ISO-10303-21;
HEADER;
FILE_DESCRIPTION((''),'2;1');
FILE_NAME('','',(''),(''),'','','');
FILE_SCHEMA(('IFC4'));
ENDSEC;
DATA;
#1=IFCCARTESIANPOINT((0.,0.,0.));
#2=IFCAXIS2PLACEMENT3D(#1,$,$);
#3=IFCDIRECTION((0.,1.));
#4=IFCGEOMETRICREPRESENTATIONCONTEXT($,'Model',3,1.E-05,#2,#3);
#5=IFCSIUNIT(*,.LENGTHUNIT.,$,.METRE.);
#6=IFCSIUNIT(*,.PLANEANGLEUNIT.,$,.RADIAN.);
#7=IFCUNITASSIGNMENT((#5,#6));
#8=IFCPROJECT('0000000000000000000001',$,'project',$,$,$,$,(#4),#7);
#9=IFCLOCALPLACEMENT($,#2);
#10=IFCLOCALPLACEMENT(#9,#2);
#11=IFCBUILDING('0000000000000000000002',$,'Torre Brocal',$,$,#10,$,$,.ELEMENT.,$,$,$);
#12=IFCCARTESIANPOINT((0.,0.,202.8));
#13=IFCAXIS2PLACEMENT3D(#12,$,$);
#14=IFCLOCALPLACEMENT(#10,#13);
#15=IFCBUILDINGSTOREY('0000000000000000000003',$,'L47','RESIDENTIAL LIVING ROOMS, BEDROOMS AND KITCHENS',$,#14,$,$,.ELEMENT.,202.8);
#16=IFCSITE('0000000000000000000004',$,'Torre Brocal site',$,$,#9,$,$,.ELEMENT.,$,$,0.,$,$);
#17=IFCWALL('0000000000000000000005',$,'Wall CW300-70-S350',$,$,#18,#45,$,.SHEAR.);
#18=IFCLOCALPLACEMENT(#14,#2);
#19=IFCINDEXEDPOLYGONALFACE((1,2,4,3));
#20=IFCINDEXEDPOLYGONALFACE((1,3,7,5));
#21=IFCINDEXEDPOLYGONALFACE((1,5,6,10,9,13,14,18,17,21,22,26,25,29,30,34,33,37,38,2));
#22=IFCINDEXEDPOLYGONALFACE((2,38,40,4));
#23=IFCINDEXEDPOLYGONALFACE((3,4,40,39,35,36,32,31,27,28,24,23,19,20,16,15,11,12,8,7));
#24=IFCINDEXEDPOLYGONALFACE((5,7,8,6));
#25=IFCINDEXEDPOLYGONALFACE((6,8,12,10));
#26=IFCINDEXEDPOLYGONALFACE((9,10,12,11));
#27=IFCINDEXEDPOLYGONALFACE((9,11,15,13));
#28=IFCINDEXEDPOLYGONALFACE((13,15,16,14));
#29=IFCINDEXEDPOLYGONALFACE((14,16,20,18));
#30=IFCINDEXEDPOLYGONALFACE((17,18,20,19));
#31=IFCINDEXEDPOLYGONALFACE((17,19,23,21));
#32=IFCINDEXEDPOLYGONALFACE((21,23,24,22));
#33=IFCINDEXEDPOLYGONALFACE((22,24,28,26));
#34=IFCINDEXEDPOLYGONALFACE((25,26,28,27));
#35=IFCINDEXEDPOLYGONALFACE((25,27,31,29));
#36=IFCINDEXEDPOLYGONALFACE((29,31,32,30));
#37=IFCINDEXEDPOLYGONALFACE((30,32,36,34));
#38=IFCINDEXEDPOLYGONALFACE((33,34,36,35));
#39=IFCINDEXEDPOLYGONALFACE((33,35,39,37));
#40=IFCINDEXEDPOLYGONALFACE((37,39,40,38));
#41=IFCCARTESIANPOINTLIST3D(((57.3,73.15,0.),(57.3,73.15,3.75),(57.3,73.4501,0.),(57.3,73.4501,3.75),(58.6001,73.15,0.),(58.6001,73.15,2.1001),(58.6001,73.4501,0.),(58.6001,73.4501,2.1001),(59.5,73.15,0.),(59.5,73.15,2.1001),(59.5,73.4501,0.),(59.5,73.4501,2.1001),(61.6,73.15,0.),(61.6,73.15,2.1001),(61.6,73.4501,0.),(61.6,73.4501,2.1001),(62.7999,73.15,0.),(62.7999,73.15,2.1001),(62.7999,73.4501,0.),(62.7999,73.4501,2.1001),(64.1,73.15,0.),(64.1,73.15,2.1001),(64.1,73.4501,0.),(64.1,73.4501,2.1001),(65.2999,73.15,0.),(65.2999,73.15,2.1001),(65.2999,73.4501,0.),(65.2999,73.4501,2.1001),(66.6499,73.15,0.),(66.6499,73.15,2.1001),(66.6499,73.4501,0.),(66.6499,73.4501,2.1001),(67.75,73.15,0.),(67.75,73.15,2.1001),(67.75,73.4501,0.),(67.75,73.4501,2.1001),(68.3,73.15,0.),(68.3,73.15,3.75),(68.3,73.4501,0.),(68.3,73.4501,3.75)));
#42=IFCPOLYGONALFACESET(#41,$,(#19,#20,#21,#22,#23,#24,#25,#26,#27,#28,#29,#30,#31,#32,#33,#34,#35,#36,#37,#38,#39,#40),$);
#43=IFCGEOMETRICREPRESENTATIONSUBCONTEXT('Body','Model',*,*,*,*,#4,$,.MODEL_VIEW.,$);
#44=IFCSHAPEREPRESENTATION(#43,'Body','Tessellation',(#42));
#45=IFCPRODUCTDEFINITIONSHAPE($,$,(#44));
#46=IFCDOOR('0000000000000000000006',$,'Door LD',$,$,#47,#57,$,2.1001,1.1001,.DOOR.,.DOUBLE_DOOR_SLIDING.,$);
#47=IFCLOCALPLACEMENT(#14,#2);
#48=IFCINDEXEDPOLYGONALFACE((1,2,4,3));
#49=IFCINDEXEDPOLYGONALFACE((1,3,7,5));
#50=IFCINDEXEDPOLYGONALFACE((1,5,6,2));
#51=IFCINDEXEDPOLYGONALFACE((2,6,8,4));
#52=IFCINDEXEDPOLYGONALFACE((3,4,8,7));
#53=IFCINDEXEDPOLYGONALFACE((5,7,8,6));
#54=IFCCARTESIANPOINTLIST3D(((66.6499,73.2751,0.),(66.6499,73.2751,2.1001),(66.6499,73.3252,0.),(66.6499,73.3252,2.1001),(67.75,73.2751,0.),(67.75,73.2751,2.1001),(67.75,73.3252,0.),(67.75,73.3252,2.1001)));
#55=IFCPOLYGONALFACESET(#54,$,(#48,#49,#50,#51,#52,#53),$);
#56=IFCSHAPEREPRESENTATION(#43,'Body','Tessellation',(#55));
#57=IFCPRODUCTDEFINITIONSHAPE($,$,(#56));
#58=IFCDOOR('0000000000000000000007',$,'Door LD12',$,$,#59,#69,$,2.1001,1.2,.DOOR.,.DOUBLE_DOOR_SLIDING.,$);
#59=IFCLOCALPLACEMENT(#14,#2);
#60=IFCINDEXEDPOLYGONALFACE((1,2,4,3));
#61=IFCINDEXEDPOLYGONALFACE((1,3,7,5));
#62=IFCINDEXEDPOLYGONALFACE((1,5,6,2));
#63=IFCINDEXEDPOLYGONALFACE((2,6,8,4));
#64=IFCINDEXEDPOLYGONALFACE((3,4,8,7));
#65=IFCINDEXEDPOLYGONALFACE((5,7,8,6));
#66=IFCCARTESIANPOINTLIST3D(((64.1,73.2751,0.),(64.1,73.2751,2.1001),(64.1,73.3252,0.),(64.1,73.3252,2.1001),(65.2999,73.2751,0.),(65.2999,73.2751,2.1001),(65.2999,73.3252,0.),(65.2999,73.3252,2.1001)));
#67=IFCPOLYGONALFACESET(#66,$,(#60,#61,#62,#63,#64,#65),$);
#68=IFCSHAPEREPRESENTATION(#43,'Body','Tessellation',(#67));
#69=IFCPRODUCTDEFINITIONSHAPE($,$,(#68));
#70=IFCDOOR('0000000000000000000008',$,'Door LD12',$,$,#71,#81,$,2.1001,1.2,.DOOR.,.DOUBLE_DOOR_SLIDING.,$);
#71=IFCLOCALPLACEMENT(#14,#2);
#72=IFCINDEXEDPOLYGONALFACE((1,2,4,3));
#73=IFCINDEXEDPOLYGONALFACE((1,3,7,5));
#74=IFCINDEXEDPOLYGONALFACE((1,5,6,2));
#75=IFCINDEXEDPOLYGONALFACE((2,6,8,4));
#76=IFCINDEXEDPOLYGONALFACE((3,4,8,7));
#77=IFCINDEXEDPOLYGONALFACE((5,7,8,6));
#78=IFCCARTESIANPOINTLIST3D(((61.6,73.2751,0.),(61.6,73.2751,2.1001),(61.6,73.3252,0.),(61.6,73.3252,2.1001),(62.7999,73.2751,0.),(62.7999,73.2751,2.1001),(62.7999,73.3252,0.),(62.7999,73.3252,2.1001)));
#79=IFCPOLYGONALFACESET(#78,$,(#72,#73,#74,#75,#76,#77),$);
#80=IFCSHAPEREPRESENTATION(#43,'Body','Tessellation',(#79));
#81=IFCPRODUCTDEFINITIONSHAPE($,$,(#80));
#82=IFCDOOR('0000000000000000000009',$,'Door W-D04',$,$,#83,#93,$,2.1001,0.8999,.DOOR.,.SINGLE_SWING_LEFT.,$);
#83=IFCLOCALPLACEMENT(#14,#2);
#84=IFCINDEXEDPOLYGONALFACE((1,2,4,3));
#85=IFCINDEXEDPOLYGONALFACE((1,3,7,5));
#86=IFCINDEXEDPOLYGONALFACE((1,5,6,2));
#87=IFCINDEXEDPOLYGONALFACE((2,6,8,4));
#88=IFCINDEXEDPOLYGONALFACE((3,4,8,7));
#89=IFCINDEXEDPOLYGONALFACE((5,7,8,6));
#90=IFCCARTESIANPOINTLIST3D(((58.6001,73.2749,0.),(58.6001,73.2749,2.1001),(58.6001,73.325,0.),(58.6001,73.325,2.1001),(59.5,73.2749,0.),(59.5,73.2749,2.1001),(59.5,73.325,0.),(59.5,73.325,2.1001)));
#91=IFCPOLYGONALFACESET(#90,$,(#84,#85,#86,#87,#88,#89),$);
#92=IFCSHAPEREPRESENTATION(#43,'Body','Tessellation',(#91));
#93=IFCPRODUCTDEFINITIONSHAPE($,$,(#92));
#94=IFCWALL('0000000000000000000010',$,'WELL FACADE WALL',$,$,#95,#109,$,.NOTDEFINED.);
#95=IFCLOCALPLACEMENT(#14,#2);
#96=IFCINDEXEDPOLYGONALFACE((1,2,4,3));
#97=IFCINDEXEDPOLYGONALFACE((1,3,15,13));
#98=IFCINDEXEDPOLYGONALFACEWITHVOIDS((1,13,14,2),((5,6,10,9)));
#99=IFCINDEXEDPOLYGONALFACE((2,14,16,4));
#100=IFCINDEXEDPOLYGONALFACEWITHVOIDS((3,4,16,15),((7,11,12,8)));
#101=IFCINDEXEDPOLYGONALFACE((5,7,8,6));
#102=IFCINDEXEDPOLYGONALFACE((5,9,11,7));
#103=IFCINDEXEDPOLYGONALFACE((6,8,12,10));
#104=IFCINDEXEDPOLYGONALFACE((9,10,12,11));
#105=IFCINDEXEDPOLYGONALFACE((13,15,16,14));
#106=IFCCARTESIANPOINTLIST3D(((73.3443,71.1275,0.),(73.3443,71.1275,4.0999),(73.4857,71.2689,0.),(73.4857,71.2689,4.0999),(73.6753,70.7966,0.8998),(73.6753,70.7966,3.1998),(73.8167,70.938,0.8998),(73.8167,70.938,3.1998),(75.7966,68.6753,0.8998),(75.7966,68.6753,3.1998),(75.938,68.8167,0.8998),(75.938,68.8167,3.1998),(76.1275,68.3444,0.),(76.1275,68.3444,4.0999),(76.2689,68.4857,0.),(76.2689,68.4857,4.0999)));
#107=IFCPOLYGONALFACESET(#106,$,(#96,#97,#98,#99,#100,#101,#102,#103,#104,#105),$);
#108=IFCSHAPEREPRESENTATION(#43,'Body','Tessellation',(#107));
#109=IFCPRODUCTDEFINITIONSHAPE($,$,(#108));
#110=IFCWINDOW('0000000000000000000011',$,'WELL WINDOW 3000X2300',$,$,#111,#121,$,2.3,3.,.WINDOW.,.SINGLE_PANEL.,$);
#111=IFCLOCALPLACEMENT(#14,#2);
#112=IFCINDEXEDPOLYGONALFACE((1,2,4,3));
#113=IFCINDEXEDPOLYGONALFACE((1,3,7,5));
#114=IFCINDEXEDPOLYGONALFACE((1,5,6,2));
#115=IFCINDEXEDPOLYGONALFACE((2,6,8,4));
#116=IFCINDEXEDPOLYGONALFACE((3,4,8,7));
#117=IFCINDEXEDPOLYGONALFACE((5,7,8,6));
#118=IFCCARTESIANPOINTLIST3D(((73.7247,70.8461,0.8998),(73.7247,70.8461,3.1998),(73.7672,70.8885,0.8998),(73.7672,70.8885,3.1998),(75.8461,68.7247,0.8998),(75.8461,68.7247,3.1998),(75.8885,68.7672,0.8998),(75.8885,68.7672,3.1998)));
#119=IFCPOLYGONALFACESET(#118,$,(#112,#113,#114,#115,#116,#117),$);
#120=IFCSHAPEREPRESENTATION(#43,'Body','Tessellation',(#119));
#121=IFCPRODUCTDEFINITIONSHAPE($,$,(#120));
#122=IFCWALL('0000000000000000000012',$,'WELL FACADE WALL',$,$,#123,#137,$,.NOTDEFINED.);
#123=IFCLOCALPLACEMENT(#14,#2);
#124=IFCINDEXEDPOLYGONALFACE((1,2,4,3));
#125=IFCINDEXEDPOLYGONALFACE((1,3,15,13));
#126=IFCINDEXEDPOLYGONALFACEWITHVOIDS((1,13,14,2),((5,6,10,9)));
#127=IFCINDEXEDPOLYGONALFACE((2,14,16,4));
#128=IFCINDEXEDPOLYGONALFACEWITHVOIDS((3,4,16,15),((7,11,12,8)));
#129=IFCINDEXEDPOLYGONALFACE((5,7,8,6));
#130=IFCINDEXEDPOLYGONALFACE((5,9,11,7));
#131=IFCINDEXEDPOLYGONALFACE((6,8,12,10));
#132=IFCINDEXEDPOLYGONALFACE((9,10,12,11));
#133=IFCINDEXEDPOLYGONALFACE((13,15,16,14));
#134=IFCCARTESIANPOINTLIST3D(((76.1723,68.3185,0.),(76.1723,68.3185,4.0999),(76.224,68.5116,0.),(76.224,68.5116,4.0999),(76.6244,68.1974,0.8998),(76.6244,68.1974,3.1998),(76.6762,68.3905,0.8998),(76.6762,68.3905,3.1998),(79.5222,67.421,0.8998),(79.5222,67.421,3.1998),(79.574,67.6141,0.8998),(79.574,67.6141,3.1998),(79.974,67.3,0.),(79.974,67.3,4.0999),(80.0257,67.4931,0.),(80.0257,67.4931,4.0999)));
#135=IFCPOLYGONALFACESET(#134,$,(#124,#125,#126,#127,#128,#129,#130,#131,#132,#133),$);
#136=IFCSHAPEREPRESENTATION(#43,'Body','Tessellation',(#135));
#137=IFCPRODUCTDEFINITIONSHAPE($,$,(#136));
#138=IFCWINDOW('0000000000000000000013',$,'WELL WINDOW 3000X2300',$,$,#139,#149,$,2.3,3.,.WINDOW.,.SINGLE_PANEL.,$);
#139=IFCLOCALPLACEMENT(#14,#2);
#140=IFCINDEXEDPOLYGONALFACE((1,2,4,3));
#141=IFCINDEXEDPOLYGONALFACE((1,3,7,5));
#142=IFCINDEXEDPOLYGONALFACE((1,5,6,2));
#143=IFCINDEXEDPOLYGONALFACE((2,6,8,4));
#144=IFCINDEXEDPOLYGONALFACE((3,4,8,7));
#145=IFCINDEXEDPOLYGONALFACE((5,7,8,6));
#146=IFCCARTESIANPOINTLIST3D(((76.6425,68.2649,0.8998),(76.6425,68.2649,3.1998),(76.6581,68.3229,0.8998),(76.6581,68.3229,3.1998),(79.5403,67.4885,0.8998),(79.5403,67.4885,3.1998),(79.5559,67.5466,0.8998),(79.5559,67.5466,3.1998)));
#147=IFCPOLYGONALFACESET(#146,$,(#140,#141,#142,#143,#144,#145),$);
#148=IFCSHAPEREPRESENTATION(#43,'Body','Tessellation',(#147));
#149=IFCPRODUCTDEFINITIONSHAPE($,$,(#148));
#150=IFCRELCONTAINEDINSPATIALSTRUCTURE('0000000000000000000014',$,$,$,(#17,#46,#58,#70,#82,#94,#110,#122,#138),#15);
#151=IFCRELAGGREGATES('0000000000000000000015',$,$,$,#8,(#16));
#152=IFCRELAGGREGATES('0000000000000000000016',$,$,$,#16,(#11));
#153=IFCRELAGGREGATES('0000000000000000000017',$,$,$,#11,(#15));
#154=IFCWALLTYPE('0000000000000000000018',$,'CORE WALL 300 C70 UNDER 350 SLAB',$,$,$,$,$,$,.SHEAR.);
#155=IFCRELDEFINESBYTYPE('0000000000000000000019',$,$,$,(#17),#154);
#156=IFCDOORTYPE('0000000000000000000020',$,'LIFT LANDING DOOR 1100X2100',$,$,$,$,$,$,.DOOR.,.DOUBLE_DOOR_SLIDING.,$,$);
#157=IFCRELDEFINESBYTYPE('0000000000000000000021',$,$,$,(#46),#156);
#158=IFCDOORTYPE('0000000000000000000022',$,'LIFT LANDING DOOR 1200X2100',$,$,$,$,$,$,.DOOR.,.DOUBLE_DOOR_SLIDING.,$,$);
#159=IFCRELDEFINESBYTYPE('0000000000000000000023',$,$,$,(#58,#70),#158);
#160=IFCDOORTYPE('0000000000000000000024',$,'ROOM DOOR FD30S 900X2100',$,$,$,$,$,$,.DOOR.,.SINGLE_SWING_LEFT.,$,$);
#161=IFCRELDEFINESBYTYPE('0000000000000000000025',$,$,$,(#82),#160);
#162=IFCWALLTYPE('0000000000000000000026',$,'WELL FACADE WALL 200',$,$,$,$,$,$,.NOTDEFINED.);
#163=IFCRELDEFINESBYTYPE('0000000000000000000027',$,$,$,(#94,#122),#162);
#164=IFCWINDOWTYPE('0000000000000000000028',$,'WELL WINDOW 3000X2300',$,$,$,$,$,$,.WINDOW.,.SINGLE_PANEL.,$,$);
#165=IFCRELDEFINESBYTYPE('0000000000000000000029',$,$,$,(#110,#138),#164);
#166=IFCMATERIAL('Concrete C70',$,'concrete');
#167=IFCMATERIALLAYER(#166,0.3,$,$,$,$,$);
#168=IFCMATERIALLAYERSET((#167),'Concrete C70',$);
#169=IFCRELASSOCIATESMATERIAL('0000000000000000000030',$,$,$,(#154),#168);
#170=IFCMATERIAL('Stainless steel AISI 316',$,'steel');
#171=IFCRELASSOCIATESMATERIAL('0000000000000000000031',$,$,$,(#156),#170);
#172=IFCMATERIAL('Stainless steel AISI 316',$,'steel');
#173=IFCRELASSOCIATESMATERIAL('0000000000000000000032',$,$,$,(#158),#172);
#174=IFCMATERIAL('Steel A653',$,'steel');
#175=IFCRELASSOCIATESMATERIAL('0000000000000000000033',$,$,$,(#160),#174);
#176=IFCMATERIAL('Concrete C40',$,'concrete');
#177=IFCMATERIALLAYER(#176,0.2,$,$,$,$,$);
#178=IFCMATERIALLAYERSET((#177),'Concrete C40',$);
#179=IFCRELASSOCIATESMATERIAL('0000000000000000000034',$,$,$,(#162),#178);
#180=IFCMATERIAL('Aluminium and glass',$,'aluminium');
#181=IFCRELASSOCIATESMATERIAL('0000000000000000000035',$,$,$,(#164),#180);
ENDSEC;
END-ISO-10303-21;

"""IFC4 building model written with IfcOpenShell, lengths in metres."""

from ifc_helpers import new_model, si_unit, direction, frame, frame_2d, origin, place, context, subcontext, project, spatial, rectangle, extrude, material, layer, layer_set, type_object, element, fill, save


model = new_model("IFC4")

# Units and contexts
model_context = context("Model", 3, precision=1e-05, world=origin(), true_north=direction((0.0, 1.0)))
body_context = subcontext(model_context, "Body", "Model", "MODEL_VIEW")
ifc_project = project(units=[si_unit("LENGTHUNIT", "METRE"), si_unit("PLANEANGLEUNIT", "RADIAN")], contexts=[model_context])

# Site, building, storey
site_placement = place(None, origin())
site = spatial("IfcSite", under=ifc_project, at=site_placement, Name="Torre Brocal site", CompositionType="ELEMENT", RefElevation=0.0)
building_placement = place(site_placement, origin())
building = spatial("IfcBuilding", under=site, at=building_placement, Name="Torre Brocal", CompositionType="ELEMENT")
storey_placement = place(building_placement, frame((0.0, 0.0, 202.8)))
storey = spatial("IfcBuildingStorey", under=building, at=storey_placement, Name="L47", Description="RESIDENTIAL LIVING ROOMS, BEDROOMS AND KITCHENS", CompositionType="ELEMENT", Elevation=202.8)

# Shared definitions
ifc_material_1 = material(Name="Concrete C70", Category="concrete")
ifc_layer_1 = layer(ifc_material_1, 0.3)
ifc_layer_set_1 = layer_set([ifc_layer_1], Name="Concrete C70")
wall_type_1 = type_object("IfcWallType", Name="CORE WALL 300 C70 UNDER 350 SLAB", PredefinedType="SHEAR", material=ifc_layer_set_1)

# Wall, openings, doors
wall_1_placement = place(storey_placement, frame((68.3, 73.3, 0.0), z_axis=(0.0, 0.0, 1.0), x_axis=(-1.0, 0.0, 0.0)))
wall_1 = element("IfcWall", 1, at=wall_1_placement, inside=storey, type_object=wall_type_1, Name="Wall CW300-70-S350", PredefinedType="SHEAR", context=body_context, shape_type="SweptSolid", body=[
    extrude(rectangle(XDim=11.0, YDim=0.3, at=frame_2d((5.5, 0.0))), origin(), (0.0, 0.0, 1.0), 3.75),
])
opening_1_placement = place(wall_1_placement, frame((0.55, 0.0, 0.0)))
opening_1 = element("IfcOpeningElement", 2, at=opening_1_placement, cuts=wall_1, PredefinedType="OPENING", context=body_context, shape_type="SweptSolid", body=[
    extrude(rectangle(XDim=1.1001, YDim=2.1001, at=frame_2d((0.55, 1.05))), frame((0.0, 0.1599, 0.0), z_axis=(0.0, -1.0, 0.0), x_axis=(1.0, 0.0, 0.0)), (0.0, 0.0, 1.0), 0.3201),
])
opening_2_placement = place(wall_1_placement, frame((3.0, 0.0, 0.0)))
opening_2 = element("IfcOpeningElement", 3, at=opening_2_placement, cuts=wall_1, PredefinedType="OPENING", context=body_context, shape_type="SweptSolid", body=[
    extrude(rectangle(XDim=1.2, YDim=2.1001, at=frame_2d((0.6001, 1.05))), frame((0.0, 0.1599, 0.0), z_axis=(0.0, -1.0, 0.0), x_axis=(1.0, 0.0, 0.0)), (0.0, 0.0, 1.0), 0.3201),
])
opening_3_placement = place(wall_1_placement, frame((5.5, 0.0, 0.0)))
opening_3 = element("IfcOpeningElement", 4, at=opening_3_placement, cuts=wall_1, PredefinedType="OPENING", context=body_context, shape_type="SweptSolid", body=[
    extrude(rectangle(XDim=1.2, YDim=2.1001, at=frame_2d((0.6001, 1.05))), frame((0.0, 0.1599, 0.0), z_axis=(0.0, -1.0, 0.0), x_axis=(1.0, 0.0, 0.0)), (0.0, 0.0, 1.0), 0.3201),
])
opening_4_placement = place(wall_1_placement, frame((8.8, 0.0, 0.0)))
opening_4 = element("IfcOpeningElement", 5, at=opening_4_placement, cuts=wall_1, PredefinedType="OPENING", context=body_context, shape_type="SweptSolid", body=[
    extrude(rectangle(XDim=0.8999, YDim=2.1001, at=frame_2d((0.45, 1.05))), frame((0.0, 0.1599, 0.0), z_axis=(0.0, -1.0, 0.0), x_axis=(1.0, 0.0, 0.0)), (0.0, 0.0, 1.0), 0.3201),
])
ifc_material_2 = material(Name="Stainless steel AISI 316", Category="steel")
door_type_1 = type_object("IfcDoorType", Name="LIFT LANDING DOOR 1100X2100", OperationType="DOUBLE_DOOR_SLIDING", PredefinedType="DOOR", material=ifc_material_2)
door_1_placement = place(opening_1_placement, origin())
door_1 = element("IfcDoor", 6, at=door_1_placement, inside=storey, type_object=door_type_1, Name="Door LD", OperationType="DOUBLE_DOOR_SLIDING", OverallHeight=2.1001, OverallWidth=1.1001, PredefinedType="DOOR", context=body_context, shape_type="SweptSolid", body=[
    extrude(rectangle(XDim=1.1001, YDim=2.1001, at=frame_2d((0.55, 1.05))), frame((0.0, 0.0249, 0.0), z_axis=(0.0, -1.0, 0.0), x_axis=(1.0, 0.0, 0.0)), (0.0, 0.0, 1.0), 0.05),
])
fill(opening_1, door_1)
ifc_material_3 = material(Name="Stainless steel AISI 316", Category="steel")
door_type_2 = type_object("IfcDoorType", Name="LIFT LANDING DOOR 1200X2100", OperationType="DOUBLE_DOOR_SLIDING", PredefinedType="DOOR", material=ifc_material_3)
door_2_placement = place(opening_2_placement, origin())
door_2 = element("IfcDoor", 7, at=door_2_placement, inside=storey, type_object=door_type_2, Name="Door LD12", OperationType="DOUBLE_DOOR_SLIDING", OverallHeight=2.1001, OverallWidth=1.2, PredefinedType="DOOR", context=body_context, shape_type="SweptSolid", body=[
    extrude(rectangle(XDim=1.2, YDim=2.1001, at=frame_2d((0.6001, 1.05))), frame((0.0, 0.0249, 0.0), z_axis=(0.0, -1.0, 0.0), x_axis=(1.0, 0.0, 0.0)), (0.0, 0.0, 1.0), 0.05),
])
fill(opening_2, door_2)
door_3_placement = place(opening_3_placement, origin())
door_3 = element("IfcDoor", 8, at=door_3_placement, inside=storey, type_object=door_type_2, Name="Door LD12", OperationType="DOUBLE_DOOR_SLIDING", OverallHeight=2.1001, OverallWidth=1.2, PredefinedType="DOOR", context=body_context, shape_type="SweptSolid", body=[
    extrude(rectangle(XDim=1.2, YDim=2.1001, at=frame_2d((0.6001, 1.05))), frame((0.0, 0.0249, 0.0), z_axis=(0.0, -1.0, 0.0), x_axis=(1.0, 0.0, 0.0)), (0.0, 0.0, 1.0), 0.05),
])
fill(opening_3, door_3)
ifc_material_4 = material(Name="Steel A653", Category="steel")
door_type_3 = type_object("IfcDoorType", Name="ROOM DOOR FD30S 900X2100", OperationType="SINGLE_SWING_LEFT", PredefinedType="DOOR", material=ifc_material_4)
door_4_placement = place(opening_4_placement, frame((0.8999, 0.0, 0.0), z_axis=(0.0, 0.0, 1.0), x_axis=(-1.0, 0.0, 0.0)))
door_4 = element("IfcDoor", 9, at=door_4_placement, inside=storey, type_object=door_type_3, Name="Door W-D04", OperationType="SINGLE_SWING_LEFT", OverallHeight=2.1001, OverallWidth=0.8999, PredefinedType="DOOR", context=body_context, shape_type="SweptSolid", body=[
    extrude(rectangle(XDim=0.8999, YDim=2.1001, at=frame_2d((0.45, 1.05))), frame((0.0, 0.0249, 0.0), z_axis=(0.0, -1.0, 0.0), x_axis=(1.0, 0.0, 0.0)), (0.0, 0.0, 1.0), 0.05),
])
fill(opening_4, door_4)

# Walls, openings, windows
ifc_material_5 = material(Name="Concrete C40", Category="concrete")
ifc_layer_2 = layer(ifc_material_5, 0.2)
ifc_layer_set_2 = layer_set([ifc_layer_2], Name="Concrete C40")
wall_type_2 = type_object("IfcWallType", Name="WELL FACADE WALL 200", PredefinedType="NOTDEFINED", material=ifc_layer_set_2)
wall_2_placement = place(storey_placement, frame((73.415, 71.1982, 0.0), z_axis=(0.0, 0.0, 1.0), x_axis=(0.707107, -0.707107, 0.0)))
wall_2 = element("IfcWall", 10, at=wall_2_placement, inside=storey, type_object=wall_type_2, Name="WELL FACADE WALL", PredefinedType="NOTDEFINED", context=body_context, shape_type="SweptSolid", body=[
    extrude(rectangle(XDim=3.936, YDim=0.2, at=frame_2d((1.968, 0.0))), origin(), (0.0, 0.0, 1.0), 4.0999),
])
opening_5_placement = place(wall_2_placement, frame((0.468, 0.0, 0.8999)))
opening_5 = element("IfcOpeningElement", 11, at=opening_5_placement, cuts=wall_2, PredefinedType="OPENING", context=body_context, shape_type="SweptSolid", body=[
    extrude(rectangle(XDim=3.0, YDim=2.3, at=frame_2d((1.5, 1.1499))), frame((0.0, 0.1099, 0.0), z_axis=(0.0, -1.0, 0.0), x_axis=(1.0, 0.0, 0.0)), (0.0, 0.0, 1.0), 0.22),
])
ifc_material_6 = material(Name="Aluminium and glass", Category="aluminium")
window_type = type_object("IfcWindowType", Name="WELL WINDOW 3000X2300", PartitioningType="SINGLE_PANEL", PredefinedType="WINDOW", material=ifc_material_6)
window_1_placement = place(opening_5_placement, origin())
window_1 = element("IfcWindow", 12, at=window_1_placement, inside=storey, type_object=window_type, Name="WELL WINDOW 3000X2300", OverallHeight=2.3, OverallWidth=3.0, PartitioningType="SINGLE_PANEL", PredefinedType="WINDOW", context=body_context, shape_type="SweptSolid", body=[
    extrude(rectangle(XDim=3.0, YDim=2.3, at=frame_2d((1.5, 1.1499))), frame((0.0, 0.03, 0.0), z_axis=(0.0, -1.0, 0.0), x_axis=(1.0, 0.0, 0.0)), (0.0, 0.0, 1.0), 0.0601),
])
fill(opening_5, window_1)
wall_3_placement = place(storey_placement, frame((76.1982, 68.415, 0.0), z_axis=(0.0, 0.0, 1.0), x_axis=(0.965934, -0.25879, 0.0)))
wall_3 = element("IfcWall", 13, at=wall_3_placement, inside=storey, type_object=wall_type_2, Name="WELL FACADE WALL", PredefinedType="NOTDEFINED", context=body_context, shape_type="SweptSolid", body=[
    extrude(rectangle(XDim=3.9358, YDim=0.2, at=frame_2d((1.9678, 0.0))), origin(), (0.0, 0.0, 1.0), 4.0999),
])
opening_6_placement = place(wall_3_placement, frame((0.468, 0.0, 0.8999)))
opening_6 = element("IfcOpeningElement", 14, at=opening_6_placement, cuts=wall_3, PredefinedType="OPENING", context=body_context, shape_type="SweptSolid", body=[
    extrude(rectangle(XDim=3.0, YDim=2.3, at=frame_2d((1.5, 1.1499))), frame((0.0, 0.1099, 0.0), z_axis=(0.0, -1.0, 0.0), x_axis=(1.0, 0.0, 0.0)), (0.0, 0.0, 1.0), 0.22),
])
window_2_placement = place(opening_6_placement, origin())
window_2 = element("IfcWindow", 15, at=window_2_placement, inside=storey, type_object=window_type, Name="WELL WINDOW 3000X2300", OverallHeight=2.3, OverallWidth=3.0, PartitioningType="SINGLE_PANEL", PredefinedType="WINDOW", context=body_context, shape_type="SweptSolid", body=[
    extrude(rectangle(XDim=3.0, YDim=2.3, at=frame_2d((1.5, 1.1499))), frame((0.0, 0.03, 0.0), z_axis=(0.0, -1.0, 0.0), x_axis=(1.0, 0.0, 0.0)), (0.0, 0.0, 1.0), 0.0601),
])
fill(opening_6, window_2)

save(model, "model.ifc")
